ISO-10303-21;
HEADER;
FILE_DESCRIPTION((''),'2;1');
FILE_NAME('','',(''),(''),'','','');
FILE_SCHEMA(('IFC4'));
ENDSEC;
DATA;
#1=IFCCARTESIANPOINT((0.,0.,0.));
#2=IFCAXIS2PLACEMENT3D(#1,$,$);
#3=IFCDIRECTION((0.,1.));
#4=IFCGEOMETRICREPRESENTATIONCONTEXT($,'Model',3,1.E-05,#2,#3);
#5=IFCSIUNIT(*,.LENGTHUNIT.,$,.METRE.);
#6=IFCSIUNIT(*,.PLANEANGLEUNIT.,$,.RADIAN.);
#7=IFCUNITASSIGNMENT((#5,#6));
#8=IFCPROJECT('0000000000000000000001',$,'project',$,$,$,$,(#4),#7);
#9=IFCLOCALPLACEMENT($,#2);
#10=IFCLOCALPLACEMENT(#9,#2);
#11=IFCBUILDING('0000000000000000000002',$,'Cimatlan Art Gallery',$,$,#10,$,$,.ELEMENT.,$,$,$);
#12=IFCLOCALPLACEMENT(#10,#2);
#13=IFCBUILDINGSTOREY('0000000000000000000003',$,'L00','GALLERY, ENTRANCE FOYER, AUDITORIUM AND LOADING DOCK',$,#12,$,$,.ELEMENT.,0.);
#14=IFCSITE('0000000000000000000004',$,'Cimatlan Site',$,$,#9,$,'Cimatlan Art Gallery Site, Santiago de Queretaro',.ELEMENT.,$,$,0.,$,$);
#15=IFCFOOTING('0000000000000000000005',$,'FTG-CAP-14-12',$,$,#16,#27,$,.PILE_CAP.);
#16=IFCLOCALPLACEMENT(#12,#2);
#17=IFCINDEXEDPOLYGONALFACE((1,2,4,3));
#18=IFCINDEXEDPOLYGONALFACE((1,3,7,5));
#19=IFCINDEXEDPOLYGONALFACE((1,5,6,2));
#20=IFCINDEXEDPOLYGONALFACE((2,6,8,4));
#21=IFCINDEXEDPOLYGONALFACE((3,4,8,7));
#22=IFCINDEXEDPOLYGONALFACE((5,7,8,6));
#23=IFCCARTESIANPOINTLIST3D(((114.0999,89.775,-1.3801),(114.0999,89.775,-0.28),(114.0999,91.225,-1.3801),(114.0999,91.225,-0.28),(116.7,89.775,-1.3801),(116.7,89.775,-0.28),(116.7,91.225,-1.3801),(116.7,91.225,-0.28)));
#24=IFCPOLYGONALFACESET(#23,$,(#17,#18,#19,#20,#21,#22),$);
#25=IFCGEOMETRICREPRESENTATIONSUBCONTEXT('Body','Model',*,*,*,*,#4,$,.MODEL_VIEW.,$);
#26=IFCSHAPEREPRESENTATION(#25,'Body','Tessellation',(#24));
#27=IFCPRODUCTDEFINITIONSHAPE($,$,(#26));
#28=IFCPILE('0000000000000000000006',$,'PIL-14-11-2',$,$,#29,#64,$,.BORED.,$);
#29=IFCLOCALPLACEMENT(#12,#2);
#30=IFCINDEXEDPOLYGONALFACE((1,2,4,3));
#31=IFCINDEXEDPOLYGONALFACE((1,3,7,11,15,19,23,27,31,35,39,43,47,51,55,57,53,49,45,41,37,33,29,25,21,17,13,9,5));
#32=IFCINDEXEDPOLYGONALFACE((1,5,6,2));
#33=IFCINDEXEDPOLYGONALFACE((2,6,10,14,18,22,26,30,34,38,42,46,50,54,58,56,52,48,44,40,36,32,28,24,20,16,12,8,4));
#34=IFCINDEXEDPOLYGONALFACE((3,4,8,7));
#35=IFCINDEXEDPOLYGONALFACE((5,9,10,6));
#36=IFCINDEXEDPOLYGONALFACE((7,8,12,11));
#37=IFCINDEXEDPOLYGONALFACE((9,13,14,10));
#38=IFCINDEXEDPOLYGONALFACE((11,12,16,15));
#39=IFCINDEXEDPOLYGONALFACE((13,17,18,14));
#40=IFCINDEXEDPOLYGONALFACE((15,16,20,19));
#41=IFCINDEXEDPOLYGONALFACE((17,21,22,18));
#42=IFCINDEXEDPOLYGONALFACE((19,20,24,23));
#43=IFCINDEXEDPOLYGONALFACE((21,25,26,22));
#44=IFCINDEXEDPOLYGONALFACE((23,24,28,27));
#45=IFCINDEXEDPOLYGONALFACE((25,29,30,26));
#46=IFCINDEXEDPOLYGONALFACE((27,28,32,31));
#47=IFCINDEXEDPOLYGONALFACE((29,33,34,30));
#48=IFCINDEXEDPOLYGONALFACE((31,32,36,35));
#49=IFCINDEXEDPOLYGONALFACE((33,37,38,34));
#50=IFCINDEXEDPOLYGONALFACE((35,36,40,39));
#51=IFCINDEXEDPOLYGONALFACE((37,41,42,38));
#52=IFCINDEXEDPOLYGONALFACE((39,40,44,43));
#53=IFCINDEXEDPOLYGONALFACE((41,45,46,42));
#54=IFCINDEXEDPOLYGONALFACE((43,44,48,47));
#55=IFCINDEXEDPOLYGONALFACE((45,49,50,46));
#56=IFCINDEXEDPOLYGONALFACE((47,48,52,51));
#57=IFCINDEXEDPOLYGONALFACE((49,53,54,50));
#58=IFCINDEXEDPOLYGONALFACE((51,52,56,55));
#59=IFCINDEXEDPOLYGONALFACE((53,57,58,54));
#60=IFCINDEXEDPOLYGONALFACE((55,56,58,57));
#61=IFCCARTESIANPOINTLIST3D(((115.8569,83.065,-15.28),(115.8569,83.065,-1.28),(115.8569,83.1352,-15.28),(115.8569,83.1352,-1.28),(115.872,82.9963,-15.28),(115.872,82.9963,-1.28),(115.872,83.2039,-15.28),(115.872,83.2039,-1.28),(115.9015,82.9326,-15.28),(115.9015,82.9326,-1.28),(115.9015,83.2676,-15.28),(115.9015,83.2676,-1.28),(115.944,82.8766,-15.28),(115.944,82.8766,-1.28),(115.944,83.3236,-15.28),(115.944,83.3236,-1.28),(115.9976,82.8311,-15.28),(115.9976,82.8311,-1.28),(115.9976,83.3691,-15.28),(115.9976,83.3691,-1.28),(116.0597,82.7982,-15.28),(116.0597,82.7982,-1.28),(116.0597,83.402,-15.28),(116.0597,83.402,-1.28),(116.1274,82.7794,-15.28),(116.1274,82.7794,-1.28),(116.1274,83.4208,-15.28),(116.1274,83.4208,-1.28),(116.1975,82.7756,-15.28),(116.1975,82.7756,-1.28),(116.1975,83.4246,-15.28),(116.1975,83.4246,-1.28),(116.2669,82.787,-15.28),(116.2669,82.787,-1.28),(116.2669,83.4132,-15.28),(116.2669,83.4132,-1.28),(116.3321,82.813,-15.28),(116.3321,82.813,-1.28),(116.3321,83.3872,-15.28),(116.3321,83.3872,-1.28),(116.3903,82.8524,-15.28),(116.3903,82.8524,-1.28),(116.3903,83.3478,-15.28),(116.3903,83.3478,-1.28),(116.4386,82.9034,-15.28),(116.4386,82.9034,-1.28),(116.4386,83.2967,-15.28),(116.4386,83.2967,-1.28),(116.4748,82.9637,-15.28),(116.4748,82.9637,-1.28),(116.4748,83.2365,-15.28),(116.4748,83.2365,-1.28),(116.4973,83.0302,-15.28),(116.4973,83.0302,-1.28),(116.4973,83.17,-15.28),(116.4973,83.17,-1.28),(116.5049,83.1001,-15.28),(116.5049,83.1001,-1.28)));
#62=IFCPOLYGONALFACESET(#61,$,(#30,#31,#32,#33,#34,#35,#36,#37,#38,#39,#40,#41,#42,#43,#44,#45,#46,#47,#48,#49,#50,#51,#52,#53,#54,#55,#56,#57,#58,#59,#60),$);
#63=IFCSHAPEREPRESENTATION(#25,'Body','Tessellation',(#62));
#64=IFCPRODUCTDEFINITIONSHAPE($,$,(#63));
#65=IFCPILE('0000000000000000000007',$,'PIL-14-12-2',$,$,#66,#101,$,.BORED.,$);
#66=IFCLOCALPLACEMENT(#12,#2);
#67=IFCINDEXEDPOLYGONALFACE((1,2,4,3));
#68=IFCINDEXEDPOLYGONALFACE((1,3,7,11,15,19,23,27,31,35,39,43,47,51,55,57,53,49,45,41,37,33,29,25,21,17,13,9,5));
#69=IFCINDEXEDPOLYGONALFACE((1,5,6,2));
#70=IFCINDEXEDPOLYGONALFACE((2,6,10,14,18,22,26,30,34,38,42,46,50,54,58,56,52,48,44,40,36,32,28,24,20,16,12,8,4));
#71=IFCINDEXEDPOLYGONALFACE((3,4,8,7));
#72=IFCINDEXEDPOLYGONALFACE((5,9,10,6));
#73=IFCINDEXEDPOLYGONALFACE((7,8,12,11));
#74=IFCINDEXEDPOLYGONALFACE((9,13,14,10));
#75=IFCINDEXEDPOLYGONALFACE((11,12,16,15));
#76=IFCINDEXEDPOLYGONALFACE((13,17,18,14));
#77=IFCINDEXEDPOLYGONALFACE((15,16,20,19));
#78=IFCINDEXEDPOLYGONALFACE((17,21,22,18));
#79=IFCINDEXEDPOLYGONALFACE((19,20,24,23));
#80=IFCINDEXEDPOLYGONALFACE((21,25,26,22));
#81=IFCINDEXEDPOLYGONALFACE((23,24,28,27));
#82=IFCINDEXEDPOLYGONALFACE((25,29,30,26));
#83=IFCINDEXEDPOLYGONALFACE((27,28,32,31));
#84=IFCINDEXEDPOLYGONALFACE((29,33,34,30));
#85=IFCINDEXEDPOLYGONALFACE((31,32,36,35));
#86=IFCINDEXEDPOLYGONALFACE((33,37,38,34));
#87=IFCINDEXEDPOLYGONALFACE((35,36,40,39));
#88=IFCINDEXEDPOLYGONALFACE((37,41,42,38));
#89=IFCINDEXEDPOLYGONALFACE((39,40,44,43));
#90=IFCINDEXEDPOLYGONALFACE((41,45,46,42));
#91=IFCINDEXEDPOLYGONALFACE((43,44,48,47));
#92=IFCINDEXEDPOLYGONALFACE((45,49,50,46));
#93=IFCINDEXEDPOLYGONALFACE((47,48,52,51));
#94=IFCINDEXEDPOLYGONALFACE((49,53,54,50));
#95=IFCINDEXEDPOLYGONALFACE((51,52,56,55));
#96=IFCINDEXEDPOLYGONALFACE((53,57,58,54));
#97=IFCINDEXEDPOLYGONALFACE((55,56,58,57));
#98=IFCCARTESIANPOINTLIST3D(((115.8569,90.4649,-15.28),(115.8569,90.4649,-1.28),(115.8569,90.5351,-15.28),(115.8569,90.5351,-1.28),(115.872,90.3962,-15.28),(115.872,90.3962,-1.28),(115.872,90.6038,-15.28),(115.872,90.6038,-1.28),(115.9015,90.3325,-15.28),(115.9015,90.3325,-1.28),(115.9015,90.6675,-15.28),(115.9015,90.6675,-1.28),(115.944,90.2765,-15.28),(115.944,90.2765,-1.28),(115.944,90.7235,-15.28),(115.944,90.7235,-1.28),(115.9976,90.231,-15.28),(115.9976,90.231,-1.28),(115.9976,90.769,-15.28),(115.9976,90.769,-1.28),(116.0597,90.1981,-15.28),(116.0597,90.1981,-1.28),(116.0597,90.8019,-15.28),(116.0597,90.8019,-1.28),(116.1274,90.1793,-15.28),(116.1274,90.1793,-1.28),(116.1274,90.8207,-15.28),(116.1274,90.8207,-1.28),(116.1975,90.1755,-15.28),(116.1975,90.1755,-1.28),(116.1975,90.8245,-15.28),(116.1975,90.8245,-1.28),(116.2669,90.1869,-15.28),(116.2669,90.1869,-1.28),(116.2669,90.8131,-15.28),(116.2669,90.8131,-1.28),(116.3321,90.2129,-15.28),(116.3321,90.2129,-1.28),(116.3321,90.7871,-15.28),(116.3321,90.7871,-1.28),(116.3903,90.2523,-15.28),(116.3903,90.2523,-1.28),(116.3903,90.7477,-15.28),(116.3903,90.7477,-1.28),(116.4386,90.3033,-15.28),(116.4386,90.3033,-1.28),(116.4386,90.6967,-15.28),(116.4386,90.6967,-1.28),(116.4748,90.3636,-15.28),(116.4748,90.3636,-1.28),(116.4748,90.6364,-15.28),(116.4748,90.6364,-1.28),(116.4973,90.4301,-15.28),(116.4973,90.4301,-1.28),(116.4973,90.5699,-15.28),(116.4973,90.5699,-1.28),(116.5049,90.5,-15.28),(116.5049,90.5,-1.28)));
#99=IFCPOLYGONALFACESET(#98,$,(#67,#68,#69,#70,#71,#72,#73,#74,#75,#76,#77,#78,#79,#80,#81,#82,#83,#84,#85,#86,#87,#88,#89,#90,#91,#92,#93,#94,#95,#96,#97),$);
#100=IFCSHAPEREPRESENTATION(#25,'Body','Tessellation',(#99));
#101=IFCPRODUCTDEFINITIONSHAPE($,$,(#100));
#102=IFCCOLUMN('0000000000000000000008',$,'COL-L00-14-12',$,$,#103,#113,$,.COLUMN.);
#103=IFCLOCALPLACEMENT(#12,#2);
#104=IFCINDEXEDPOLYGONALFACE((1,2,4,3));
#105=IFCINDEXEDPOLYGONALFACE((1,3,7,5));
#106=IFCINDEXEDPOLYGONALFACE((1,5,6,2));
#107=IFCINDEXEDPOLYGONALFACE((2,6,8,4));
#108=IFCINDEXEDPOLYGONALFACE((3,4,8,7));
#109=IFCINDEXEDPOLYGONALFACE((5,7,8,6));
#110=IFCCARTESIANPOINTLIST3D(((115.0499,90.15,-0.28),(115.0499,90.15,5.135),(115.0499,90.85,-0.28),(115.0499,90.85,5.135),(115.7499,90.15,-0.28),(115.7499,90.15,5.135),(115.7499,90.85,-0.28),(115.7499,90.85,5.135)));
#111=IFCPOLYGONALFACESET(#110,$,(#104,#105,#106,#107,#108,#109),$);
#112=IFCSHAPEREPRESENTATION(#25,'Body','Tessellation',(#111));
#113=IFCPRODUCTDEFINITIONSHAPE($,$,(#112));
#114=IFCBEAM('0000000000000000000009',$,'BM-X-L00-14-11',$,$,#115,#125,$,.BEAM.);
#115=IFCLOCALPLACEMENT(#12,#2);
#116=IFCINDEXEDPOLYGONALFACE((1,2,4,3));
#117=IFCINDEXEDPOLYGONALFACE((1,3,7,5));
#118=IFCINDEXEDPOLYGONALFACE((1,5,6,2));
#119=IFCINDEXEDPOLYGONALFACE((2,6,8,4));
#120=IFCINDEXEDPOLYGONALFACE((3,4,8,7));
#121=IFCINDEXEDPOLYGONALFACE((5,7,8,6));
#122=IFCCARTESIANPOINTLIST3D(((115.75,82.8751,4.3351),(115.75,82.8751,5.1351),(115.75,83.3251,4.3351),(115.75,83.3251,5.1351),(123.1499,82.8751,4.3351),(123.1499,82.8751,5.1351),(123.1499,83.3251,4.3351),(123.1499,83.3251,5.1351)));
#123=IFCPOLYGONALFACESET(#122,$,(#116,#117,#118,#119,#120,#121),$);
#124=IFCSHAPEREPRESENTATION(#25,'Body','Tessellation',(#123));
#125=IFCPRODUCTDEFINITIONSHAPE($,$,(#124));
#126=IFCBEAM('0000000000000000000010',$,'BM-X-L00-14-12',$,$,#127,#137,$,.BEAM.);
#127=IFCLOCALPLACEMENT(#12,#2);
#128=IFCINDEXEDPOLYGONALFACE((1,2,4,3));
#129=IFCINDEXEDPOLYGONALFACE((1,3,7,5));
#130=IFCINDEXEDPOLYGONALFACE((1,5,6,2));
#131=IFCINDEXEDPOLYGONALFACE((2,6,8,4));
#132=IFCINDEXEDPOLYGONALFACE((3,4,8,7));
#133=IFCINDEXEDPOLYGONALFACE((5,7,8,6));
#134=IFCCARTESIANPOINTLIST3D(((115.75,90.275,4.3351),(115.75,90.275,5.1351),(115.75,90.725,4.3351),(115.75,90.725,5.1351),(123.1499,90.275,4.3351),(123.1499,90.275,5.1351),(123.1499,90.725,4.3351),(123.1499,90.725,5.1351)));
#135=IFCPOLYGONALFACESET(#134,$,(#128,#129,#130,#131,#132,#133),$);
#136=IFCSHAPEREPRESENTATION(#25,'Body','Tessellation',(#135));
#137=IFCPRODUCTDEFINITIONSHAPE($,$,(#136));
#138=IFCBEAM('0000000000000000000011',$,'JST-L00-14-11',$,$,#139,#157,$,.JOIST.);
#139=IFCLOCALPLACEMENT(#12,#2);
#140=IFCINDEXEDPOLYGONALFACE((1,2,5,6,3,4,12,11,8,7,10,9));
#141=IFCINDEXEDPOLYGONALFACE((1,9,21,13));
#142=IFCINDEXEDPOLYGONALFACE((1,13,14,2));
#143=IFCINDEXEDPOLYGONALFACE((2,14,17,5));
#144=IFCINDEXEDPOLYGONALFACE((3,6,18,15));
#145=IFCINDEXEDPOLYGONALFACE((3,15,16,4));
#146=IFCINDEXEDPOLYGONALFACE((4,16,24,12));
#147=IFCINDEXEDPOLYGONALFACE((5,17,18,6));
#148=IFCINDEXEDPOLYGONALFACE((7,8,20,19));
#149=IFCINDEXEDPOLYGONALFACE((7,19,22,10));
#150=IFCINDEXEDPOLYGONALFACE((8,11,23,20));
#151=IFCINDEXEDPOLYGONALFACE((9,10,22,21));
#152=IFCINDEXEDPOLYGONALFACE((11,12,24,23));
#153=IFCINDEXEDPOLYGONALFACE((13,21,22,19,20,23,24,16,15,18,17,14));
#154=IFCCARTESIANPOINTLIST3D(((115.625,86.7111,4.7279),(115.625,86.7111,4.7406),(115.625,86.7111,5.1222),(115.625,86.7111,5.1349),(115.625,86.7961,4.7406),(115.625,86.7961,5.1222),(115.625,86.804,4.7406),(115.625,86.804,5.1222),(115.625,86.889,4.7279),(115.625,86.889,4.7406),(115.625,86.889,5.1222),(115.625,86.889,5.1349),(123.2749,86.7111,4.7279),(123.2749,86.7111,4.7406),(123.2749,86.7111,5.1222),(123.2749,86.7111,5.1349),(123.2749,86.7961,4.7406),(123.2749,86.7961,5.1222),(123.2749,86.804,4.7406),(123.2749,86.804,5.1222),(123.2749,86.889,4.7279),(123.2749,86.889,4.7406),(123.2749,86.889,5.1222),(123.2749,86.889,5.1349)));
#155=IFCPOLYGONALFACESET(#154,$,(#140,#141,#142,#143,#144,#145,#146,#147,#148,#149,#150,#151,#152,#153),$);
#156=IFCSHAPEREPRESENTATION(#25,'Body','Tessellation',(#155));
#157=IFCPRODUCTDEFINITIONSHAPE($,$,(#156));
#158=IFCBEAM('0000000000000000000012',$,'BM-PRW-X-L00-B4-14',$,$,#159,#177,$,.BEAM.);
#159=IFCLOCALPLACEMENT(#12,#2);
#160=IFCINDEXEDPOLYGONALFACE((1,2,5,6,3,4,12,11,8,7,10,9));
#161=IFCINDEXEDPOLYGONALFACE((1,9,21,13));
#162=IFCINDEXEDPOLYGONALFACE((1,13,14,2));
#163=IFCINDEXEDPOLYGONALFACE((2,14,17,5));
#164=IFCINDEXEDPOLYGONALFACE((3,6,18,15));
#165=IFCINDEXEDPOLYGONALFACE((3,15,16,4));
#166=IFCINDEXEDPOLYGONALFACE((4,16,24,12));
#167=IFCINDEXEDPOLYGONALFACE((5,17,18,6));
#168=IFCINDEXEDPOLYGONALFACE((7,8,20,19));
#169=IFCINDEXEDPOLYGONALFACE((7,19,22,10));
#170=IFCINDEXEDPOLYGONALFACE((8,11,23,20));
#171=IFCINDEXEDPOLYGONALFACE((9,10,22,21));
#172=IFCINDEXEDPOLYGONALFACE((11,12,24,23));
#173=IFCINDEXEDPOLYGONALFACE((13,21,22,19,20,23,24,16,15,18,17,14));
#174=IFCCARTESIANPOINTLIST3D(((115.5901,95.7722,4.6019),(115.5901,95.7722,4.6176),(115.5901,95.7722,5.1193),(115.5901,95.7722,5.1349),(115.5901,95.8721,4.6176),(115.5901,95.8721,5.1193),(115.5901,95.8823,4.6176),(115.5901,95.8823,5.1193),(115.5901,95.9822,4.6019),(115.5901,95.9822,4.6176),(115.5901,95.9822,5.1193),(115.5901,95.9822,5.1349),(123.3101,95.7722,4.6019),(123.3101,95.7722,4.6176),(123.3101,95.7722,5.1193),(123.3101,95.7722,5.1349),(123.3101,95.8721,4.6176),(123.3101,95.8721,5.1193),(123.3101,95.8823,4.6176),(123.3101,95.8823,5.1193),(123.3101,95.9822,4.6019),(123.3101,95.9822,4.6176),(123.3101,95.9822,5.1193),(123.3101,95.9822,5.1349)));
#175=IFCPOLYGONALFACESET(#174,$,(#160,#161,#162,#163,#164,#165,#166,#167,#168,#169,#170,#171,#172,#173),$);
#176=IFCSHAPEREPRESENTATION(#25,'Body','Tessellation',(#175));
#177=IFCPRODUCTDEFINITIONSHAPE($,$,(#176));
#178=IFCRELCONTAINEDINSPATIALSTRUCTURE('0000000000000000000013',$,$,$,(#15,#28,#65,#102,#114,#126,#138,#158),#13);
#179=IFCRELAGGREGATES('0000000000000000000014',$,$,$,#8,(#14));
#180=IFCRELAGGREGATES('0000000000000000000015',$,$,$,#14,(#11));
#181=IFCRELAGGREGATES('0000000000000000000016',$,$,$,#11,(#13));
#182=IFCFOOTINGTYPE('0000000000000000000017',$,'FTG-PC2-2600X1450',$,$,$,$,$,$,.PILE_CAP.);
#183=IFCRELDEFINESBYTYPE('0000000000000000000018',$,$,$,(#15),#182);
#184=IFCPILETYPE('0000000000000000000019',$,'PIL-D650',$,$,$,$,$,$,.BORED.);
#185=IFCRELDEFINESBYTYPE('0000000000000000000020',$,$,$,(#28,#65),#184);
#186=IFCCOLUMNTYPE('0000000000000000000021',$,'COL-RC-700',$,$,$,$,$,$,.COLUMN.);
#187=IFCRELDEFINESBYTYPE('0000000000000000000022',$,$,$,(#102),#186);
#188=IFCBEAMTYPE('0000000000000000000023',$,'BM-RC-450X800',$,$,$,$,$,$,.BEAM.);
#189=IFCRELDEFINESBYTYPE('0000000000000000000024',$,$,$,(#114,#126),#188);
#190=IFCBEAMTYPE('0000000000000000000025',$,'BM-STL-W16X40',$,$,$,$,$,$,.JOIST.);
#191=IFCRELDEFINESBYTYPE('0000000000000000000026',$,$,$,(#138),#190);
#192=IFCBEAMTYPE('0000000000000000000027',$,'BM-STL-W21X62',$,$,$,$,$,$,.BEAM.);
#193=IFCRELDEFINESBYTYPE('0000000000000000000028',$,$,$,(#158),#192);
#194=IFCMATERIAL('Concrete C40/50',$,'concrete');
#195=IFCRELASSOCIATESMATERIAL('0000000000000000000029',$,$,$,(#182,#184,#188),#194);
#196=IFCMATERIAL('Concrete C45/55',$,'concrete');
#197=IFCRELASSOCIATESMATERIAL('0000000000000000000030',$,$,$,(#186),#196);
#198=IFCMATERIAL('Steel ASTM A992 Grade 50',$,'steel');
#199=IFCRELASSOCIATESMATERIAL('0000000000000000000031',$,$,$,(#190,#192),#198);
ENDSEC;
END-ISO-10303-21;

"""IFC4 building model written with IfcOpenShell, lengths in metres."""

from ifc_helpers import new_model, si_unit, direction, frame, origin, origin_2d, place, context, subcontext, project, spatial, rectangle, circle, i_section, extrude, material, material_profile, profile_set, type_object, element, save


model = new_model("IFC4")

# Units and contexts
model_context = context("Model", 3, precision=1e-05, world=origin(), true_north=direction((0.0, 1.0)))
body_context = subcontext(model_context, "Body", "Model", "MODEL_VIEW")
ifc_project = project(units=[si_unit("LENGTHUNIT", "METRE"), si_unit("PLANEANGLEUNIT", "RADIAN")], contexts=[model_context])

# Site, building, storey
site_placement = place(None, origin())
site = spatial("IfcSite", under=ifc_project, at=site_placement, Name="Cimatlan Site", LongName="Cimatlan Art Gallery Site, Santiago de Queretaro", CompositionType="ELEMENT", RefElevation=0.0)
building_placement = place(site_placement, origin())
building = spatial("IfcBuilding", under=site, at=building_placement, Name="Cimatlan Art Gallery", CompositionType="ELEMENT")
storey_placement = place(building_placement, origin())
storey = spatial("IfcBuildingStorey", under=building, at=storey_placement, Name="L00", Description="GALLERY, ENTRANCE FOYER, AUDITORIUM AND LOADING DOCK", CompositionType="ELEMENT", Elevation=0.0)

# Footing
ifc_material_1 = material(Name="Concrete C40/50", Category="concrete")
footing_type = type_object("IfcFootingType", Name="FTG-PC2-2600X1450", PredefinedType="PILE_CAP", material=ifc_material_1)
footing_placement = place(storey_placement, frame((115.3999, 90.5, -1.3801), z_axis=(0.0, 0.0, 1.0), x_axis=(1.0, 0.0, 0.0)))
element("IfcFooting", 1, at=footing_placement, inside=storey, type_object=footing_type, Name="FTG-CAP-14-12", PredefinedType="PILE_CAP", context=body_context, shape_type="SweptSolid", body=[
    extrude(rectangle(XDim=2.6001, YDim=1.45, at=origin_2d()), origin(), (0.0, 0.0, 1.0), 1.1001),
])

# Piles
pile_type = type_object("IfcPileType", Name="PIL-D650", PredefinedType="BORED", material=ifc_material_1)
for number, where, z_axis, x_axis, name in (
    (2, (116.1799, 83.1001, -1.28), (0.0, 0.0, -1.0), (1.0, 0.0, 0.0), "PIL-14-11-2"),
    (3, (116.1799, 90.5, -1.28), (0.0, 0.0, -1.0), (1.0, 0.0, 0.0), "PIL-14-12-2"),
):
    element("IfcPile", number, at=place(storey_placement, frame(where, z_axis=z_axis, x_axis=x_axis)), inside=storey, type_object=pile_type, Name=name, PredefinedType="BORED", context=body_context, shape_type="SweptSolid", body=[
        extrude(circle(Radius=0.325, at=origin_2d()), origin(), (0.0, 0.0, 1.0), 14.0),
    ])

# Column
ifc_material_2 = material(Name="Concrete C45/55", Category="concrete")
ifc_material_profile_1 = material_profile(ifc_material_2, rectangle(XDim=0.7, YDim=0.7, at=origin_2d()), Name="RC700X700")
ifc_profile_set_1 = profile_set([ifc_material_profile_1], Name="Concrete C45/55")
column_type = type_object("IfcColumnType", Name="COL-RC-700", PredefinedType="COLUMN", material=ifc_profile_set_1)
column_placement = place(storey_placement, frame((115.3999, 90.5, -0.28), z_axis=(0.0, 0.0, 1.0), x_axis=(1.0, 0.0, 0.0)))
element("IfcColumn", 4, at=column_placement, inside=storey, type_object=column_type, Name="COL-L00-14-12", PredefinedType="COLUMN", context=body_context, shape_type="SweptSolid", body=[
    extrude(rectangle(XDim=0.7, YDim=0.7, at=origin_2d()), origin(), (0.0, 0.0, 1.0), 5.415),
])

# Beams
ifc_material_profile_2 = material_profile(ifc_material_1, rectangle(XDim=0.45, YDim=0.8, at=origin_2d()), Name="RC450X800")
ifc_profile_set_2 = profile_set([ifc_material_profile_2], Name="Concrete C40/50")
beam_type_1 = type_object("IfcBeamType", Name="BM-RC-450X800", PredefinedType="BEAM", material=ifc_profile_set_2)
for number, where, z_axis, x_axis, name in (
    (5, (115.75, 83.1001, 4.7351), (1.0, 0.0, 0.0), (0.0, 1.0, 0.0), "BM-X-L00-14-11"),
    (6, (115.75, 90.5, 4.7351), (1.0, 0.0, 0.0), (0.0, 1.0, 0.0), "BM-X-L00-14-12"),
):
    element("IfcBeam", number, at=place(storey_placement, frame(where, z_axis=z_axis, x_axis=x_axis)), inside=storey, type_object=beam_type_1, Name=name, PredefinedType="BEAM", context=body_context, shape_type="SweptSolid", body=[
        extrude(rectangle(XDim=0.45, YDim=0.8, at=origin_2d()), origin(), (0.0, 0.0, 1.0), 7.3999),
    ])
ifc_material_3 = material(Name="Steel ASTM A992 Grade 50", Category="steel")
ifc_material_profile_3 = material_profile(ifc_material_3, i_section(OverallWidth=0.178, OverallDepth=0.407, WebThickness=0.0078, FlangeThickness=0.0127, at=origin_2d()), Name="W16X40")
ifc_profile_set_3 = profile_set([ifc_material_profile_3], Name="Steel ASTM A992 Grade 50")
beam_type_2 = type_object("IfcBeamType", Name="BM-STL-W16X40", PredefinedType="JOIST", material=ifc_profile_set_3)
beam_1_placement = place(storey_placement, frame((115.625, 86.8, 4.9314), z_axis=(1.0, 0.0, 0.0), x_axis=(0.0, 1.0, 0.0)))
element("IfcBeam", 7, at=beam_1_placement, inside=storey, type_object=beam_type_2, Name="JST-L00-14-11", PredefinedType="JOIST", context=body_context, shape_type="SweptSolid", body=[
    extrude(i_section(OverallWidth=0.178, OverallDepth=0.407, WebThickness=0.0078, FlangeThickness=0.0127, at=origin_2d()), origin(), (0.0, 0.0, 1.0), 7.6499),
])
ifc_material_profile_4 = material_profile(ifc_material_3, i_section(OverallWidth=0.21, OverallDepth=0.533, WebThickness=0.0103, FlangeThickness=0.0156, at=origin_2d()), Name="W21X62")
ifc_profile_set_4 = profile_set([ifc_material_profile_4], Name="Steel ASTM A992 Grade 50")
beam_type_3 = type_object("IfcBeamType", Name="BM-STL-W21X62", PredefinedType="BEAM", material=ifc_profile_set_4)
beam_2_placement = place(storey_placement, frame((115.5901, 95.8772, 4.8684), z_axis=(1.0, 0.0, 0.0), x_axis=(0.0, 1.0, 0.0)))
element("IfcBeam", 8, at=beam_2_placement, inside=storey, type_object=beam_type_3, Name="BM-PRW-X-L00-B4-14", PredefinedType="BEAM", context=body_context, shape_type="SweptSolid", body=[
    extrude(i_section(OverallWidth=0.21, OverallDepth=0.533, WebThickness=0.0103, FlangeThickness=0.0156, at=origin_2d()), origin(), (0.0, 0.0, 1.0), 7.72),
])

save(model, "model.ifc")
